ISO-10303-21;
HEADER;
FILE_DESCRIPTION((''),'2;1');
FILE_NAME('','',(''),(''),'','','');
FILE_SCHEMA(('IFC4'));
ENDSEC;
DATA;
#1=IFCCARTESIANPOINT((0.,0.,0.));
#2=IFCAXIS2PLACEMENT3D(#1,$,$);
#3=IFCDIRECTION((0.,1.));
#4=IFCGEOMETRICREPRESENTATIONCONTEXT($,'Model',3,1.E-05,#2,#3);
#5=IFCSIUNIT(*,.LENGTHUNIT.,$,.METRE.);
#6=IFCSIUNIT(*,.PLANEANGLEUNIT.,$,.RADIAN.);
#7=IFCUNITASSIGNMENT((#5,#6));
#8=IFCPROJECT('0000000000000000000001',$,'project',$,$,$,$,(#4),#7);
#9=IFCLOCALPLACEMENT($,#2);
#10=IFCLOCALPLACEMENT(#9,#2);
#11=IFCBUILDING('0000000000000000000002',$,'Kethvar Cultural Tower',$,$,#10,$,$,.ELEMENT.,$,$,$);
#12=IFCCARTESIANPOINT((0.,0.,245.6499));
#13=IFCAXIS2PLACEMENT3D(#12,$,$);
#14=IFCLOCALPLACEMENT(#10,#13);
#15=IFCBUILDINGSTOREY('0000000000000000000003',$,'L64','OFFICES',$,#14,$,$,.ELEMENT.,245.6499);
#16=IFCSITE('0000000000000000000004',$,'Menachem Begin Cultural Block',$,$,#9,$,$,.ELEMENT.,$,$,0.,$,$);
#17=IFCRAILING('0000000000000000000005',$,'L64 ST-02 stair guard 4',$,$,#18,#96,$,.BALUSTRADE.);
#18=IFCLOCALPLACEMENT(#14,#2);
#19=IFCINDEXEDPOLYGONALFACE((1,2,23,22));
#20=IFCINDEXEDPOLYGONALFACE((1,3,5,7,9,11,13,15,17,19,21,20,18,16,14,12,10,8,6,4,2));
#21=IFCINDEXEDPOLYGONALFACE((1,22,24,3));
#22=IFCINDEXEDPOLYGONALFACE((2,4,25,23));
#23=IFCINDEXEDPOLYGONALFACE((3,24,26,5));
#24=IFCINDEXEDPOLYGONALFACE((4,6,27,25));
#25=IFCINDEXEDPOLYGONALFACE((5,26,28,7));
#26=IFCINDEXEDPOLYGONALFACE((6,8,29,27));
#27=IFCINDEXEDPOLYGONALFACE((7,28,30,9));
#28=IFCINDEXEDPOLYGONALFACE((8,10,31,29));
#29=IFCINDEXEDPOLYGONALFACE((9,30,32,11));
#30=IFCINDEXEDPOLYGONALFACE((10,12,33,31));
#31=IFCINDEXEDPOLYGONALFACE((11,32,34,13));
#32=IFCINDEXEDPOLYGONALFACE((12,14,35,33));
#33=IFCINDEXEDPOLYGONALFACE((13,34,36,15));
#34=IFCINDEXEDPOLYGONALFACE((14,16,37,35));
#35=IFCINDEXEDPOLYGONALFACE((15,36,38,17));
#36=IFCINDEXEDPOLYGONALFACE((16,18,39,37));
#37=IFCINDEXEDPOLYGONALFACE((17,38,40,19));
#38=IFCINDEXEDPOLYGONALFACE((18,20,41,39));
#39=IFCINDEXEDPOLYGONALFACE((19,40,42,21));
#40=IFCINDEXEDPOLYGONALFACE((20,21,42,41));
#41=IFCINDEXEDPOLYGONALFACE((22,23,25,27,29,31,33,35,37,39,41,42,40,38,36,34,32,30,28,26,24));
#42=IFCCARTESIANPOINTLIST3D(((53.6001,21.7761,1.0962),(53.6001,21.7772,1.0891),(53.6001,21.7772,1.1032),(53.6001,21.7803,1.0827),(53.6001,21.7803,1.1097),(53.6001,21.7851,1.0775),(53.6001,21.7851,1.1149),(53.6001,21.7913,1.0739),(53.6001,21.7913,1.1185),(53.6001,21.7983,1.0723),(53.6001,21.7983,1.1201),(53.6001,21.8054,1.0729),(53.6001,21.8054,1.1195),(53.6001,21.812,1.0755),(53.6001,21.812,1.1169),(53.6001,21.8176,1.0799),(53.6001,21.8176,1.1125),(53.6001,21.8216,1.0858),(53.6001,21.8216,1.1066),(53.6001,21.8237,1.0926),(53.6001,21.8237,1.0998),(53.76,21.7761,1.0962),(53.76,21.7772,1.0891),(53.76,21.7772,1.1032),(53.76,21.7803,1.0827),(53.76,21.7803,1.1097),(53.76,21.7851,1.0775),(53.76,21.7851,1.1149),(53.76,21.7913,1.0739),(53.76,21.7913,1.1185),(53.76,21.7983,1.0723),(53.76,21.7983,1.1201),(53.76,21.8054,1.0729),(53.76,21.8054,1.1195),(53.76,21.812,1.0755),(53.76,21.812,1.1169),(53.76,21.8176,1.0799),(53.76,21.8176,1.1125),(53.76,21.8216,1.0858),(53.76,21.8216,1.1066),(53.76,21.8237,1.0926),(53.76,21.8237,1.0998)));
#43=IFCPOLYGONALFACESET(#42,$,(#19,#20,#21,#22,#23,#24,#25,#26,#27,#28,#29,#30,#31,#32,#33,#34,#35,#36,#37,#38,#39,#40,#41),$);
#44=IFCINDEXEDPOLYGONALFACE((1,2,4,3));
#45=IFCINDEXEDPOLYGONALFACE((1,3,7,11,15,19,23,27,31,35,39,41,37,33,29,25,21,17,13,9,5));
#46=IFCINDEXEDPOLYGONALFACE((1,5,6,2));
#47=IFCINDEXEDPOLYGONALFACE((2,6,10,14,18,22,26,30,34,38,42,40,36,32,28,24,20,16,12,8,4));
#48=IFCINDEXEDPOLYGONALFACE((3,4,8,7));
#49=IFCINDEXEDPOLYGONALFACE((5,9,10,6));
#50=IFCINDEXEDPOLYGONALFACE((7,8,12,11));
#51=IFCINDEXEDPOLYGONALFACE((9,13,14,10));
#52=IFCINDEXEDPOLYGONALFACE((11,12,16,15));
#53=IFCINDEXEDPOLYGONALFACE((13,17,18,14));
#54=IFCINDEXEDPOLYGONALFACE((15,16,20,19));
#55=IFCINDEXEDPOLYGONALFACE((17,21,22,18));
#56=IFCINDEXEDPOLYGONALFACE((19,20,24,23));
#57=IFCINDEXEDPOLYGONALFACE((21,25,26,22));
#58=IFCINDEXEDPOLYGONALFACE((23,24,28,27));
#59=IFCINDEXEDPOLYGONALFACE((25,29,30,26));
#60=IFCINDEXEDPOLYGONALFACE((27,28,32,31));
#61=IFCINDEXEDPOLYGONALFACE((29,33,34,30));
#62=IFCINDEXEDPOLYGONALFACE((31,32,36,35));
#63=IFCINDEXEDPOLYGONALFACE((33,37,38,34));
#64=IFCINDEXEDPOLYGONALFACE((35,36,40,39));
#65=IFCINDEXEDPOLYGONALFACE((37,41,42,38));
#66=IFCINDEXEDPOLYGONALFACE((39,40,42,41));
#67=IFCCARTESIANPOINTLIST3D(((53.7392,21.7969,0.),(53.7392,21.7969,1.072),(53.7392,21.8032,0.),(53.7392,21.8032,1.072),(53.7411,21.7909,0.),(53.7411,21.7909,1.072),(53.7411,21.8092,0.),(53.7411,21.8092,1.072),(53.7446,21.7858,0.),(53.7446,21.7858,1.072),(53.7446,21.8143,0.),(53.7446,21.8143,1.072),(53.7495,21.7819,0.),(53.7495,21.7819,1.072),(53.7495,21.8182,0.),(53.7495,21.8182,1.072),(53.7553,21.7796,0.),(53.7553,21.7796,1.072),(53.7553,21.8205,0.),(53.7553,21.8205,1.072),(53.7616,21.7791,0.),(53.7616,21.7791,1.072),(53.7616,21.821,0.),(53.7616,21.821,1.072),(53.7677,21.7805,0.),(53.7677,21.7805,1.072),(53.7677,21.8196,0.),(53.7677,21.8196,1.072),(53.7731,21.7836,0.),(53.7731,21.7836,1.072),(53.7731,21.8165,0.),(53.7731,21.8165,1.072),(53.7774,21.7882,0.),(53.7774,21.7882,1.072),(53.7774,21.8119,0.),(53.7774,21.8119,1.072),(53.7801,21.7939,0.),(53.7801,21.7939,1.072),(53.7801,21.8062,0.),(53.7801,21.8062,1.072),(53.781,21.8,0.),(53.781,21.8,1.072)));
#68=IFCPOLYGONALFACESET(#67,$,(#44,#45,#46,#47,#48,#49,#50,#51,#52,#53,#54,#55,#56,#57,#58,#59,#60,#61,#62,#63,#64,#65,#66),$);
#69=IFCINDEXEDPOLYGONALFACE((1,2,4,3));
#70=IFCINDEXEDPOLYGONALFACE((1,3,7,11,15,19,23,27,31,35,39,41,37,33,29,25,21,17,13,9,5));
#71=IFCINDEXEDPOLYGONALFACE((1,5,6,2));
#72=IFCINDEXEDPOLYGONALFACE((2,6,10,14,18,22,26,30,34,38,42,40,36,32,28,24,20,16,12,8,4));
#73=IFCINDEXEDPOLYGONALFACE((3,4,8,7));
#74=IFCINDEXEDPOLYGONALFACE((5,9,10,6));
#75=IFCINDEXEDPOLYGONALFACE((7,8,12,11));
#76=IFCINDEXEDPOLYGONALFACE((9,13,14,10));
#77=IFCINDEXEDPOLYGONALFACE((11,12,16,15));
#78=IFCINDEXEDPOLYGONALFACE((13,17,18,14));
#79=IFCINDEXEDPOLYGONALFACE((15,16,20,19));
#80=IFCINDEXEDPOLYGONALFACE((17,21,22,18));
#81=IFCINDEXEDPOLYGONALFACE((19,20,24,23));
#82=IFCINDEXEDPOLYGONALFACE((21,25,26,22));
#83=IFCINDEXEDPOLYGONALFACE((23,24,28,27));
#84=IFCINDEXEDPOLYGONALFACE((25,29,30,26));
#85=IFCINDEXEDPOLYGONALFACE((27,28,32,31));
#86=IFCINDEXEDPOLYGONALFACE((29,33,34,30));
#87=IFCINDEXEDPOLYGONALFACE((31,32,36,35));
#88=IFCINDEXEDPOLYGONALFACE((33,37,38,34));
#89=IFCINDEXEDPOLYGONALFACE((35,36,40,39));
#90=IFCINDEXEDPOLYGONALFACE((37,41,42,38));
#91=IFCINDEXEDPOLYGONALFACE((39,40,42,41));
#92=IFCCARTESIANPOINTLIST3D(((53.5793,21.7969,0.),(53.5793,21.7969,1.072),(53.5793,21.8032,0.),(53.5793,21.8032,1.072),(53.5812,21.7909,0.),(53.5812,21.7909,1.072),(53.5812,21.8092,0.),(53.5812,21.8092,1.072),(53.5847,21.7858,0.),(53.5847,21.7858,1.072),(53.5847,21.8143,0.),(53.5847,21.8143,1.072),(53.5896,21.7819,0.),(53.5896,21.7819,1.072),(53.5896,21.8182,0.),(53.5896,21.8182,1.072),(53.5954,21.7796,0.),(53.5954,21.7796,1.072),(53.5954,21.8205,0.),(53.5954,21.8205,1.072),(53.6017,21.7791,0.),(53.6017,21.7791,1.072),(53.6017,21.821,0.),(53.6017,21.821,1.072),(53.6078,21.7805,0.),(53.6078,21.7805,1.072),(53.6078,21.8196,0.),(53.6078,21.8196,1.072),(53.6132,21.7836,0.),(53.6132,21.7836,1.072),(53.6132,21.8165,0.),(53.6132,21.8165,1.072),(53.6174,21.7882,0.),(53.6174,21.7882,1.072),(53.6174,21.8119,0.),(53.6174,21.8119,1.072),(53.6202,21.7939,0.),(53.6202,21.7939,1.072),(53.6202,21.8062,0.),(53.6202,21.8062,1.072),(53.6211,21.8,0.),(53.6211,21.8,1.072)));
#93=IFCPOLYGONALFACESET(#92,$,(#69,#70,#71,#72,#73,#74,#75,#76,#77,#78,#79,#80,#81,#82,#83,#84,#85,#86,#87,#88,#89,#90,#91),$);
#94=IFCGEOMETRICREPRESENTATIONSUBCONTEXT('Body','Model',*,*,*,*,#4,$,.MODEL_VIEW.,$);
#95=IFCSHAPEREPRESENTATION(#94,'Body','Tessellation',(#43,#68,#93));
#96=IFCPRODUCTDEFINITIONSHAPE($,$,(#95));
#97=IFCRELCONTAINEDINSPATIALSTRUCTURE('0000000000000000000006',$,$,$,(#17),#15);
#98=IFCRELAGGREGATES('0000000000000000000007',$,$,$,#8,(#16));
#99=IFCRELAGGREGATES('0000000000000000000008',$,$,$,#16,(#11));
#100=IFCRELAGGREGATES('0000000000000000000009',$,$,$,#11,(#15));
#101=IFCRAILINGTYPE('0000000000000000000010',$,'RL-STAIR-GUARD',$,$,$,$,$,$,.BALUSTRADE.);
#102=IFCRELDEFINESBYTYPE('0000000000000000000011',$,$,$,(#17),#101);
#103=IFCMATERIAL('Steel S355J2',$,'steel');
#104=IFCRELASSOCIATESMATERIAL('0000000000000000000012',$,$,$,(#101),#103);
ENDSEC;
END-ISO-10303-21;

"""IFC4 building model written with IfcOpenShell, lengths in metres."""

from ifc_helpers import new_model, si_unit, direction, frame, origin, origin_2d, place, context, subcontext, project, spatial, circle, extrude, material, type_object, element, save


model = new_model("IFC4")

# Units and contexts
model_context = context("Model", 3, precision=1e-05, world=origin(), true_north=direction((0.0, 1.0)))
body_context = subcontext(model_context, "Body", "Model", "MODEL_VIEW")
ifc_project = project(units=[si_unit("LENGTHUNIT", "METRE"), si_unit("PLANEANGLEUNIT", "RADIAN")], contexts=[model_context])

# Site, building, storey
site_placement = place(None, origin())
site = spatial("IfcSite", under=ifc_project, at=site_placement, Name="Menachem Begin Cultural Block", CompositionType="ELEMENT", RefElevation=0.0)
building_placement = place(site_placement, origin())
building = spatial("IfcBuilding", under=site, at=building_placement, Name="Kethvar Cultural Tower", CompositionType="ELEMENT")
storey_placement = place(building_placement, frame((0.0, 0.0, 245.6499)))
storey = spatial("IfcBuildingStorey", under=building, at=storey_placement, Name="L64", Description="OFFICES", CompositionType="ELEMENT", Elevation=245.6499)

# Shared definitions
ifc_material_1 = material(Name="Steel S355J2", Category="steel")

# Railing
railing_type_1 = type_object("IfcRailingType", Name="RL-STAIR-GUARD", PredefinedType="BALUSTRADE", material=ifc_material_1)
railing_1_placement = place(storey_placement, frame((53.76, 21.8, 0.0)))
element("IfcRailing", 1, at=railing_1_placement, inside=storey, type_object=railing_type_1, Name="L64 ST-02 stair guard 4", PredefinedType="BALUSTRADE", context=body_context, shape_type="SweptSolid", body=[
    extrude(circle(Radius=0.0239, at=origin_2d()), frame((0.0, 0.0, 1.0962), z_axis=(-1.0, 0.0, 0.0), x_axis=(0.0, -1.0, 0.0)), (0.0, 0.0, 1.0), 0.1599),
    extrude(circle(Radius=0.021, at=origin_2d()), origin(), (0.0, 0.0, 1.0), 1.072),
    extrude(circle(Radius=0.021, at=origin_2d()), frame((-0.1599, 0.0, 0.0)), (0.0, 0.0, 1.0), 1.072),
])

save(model, "model.ifc")
